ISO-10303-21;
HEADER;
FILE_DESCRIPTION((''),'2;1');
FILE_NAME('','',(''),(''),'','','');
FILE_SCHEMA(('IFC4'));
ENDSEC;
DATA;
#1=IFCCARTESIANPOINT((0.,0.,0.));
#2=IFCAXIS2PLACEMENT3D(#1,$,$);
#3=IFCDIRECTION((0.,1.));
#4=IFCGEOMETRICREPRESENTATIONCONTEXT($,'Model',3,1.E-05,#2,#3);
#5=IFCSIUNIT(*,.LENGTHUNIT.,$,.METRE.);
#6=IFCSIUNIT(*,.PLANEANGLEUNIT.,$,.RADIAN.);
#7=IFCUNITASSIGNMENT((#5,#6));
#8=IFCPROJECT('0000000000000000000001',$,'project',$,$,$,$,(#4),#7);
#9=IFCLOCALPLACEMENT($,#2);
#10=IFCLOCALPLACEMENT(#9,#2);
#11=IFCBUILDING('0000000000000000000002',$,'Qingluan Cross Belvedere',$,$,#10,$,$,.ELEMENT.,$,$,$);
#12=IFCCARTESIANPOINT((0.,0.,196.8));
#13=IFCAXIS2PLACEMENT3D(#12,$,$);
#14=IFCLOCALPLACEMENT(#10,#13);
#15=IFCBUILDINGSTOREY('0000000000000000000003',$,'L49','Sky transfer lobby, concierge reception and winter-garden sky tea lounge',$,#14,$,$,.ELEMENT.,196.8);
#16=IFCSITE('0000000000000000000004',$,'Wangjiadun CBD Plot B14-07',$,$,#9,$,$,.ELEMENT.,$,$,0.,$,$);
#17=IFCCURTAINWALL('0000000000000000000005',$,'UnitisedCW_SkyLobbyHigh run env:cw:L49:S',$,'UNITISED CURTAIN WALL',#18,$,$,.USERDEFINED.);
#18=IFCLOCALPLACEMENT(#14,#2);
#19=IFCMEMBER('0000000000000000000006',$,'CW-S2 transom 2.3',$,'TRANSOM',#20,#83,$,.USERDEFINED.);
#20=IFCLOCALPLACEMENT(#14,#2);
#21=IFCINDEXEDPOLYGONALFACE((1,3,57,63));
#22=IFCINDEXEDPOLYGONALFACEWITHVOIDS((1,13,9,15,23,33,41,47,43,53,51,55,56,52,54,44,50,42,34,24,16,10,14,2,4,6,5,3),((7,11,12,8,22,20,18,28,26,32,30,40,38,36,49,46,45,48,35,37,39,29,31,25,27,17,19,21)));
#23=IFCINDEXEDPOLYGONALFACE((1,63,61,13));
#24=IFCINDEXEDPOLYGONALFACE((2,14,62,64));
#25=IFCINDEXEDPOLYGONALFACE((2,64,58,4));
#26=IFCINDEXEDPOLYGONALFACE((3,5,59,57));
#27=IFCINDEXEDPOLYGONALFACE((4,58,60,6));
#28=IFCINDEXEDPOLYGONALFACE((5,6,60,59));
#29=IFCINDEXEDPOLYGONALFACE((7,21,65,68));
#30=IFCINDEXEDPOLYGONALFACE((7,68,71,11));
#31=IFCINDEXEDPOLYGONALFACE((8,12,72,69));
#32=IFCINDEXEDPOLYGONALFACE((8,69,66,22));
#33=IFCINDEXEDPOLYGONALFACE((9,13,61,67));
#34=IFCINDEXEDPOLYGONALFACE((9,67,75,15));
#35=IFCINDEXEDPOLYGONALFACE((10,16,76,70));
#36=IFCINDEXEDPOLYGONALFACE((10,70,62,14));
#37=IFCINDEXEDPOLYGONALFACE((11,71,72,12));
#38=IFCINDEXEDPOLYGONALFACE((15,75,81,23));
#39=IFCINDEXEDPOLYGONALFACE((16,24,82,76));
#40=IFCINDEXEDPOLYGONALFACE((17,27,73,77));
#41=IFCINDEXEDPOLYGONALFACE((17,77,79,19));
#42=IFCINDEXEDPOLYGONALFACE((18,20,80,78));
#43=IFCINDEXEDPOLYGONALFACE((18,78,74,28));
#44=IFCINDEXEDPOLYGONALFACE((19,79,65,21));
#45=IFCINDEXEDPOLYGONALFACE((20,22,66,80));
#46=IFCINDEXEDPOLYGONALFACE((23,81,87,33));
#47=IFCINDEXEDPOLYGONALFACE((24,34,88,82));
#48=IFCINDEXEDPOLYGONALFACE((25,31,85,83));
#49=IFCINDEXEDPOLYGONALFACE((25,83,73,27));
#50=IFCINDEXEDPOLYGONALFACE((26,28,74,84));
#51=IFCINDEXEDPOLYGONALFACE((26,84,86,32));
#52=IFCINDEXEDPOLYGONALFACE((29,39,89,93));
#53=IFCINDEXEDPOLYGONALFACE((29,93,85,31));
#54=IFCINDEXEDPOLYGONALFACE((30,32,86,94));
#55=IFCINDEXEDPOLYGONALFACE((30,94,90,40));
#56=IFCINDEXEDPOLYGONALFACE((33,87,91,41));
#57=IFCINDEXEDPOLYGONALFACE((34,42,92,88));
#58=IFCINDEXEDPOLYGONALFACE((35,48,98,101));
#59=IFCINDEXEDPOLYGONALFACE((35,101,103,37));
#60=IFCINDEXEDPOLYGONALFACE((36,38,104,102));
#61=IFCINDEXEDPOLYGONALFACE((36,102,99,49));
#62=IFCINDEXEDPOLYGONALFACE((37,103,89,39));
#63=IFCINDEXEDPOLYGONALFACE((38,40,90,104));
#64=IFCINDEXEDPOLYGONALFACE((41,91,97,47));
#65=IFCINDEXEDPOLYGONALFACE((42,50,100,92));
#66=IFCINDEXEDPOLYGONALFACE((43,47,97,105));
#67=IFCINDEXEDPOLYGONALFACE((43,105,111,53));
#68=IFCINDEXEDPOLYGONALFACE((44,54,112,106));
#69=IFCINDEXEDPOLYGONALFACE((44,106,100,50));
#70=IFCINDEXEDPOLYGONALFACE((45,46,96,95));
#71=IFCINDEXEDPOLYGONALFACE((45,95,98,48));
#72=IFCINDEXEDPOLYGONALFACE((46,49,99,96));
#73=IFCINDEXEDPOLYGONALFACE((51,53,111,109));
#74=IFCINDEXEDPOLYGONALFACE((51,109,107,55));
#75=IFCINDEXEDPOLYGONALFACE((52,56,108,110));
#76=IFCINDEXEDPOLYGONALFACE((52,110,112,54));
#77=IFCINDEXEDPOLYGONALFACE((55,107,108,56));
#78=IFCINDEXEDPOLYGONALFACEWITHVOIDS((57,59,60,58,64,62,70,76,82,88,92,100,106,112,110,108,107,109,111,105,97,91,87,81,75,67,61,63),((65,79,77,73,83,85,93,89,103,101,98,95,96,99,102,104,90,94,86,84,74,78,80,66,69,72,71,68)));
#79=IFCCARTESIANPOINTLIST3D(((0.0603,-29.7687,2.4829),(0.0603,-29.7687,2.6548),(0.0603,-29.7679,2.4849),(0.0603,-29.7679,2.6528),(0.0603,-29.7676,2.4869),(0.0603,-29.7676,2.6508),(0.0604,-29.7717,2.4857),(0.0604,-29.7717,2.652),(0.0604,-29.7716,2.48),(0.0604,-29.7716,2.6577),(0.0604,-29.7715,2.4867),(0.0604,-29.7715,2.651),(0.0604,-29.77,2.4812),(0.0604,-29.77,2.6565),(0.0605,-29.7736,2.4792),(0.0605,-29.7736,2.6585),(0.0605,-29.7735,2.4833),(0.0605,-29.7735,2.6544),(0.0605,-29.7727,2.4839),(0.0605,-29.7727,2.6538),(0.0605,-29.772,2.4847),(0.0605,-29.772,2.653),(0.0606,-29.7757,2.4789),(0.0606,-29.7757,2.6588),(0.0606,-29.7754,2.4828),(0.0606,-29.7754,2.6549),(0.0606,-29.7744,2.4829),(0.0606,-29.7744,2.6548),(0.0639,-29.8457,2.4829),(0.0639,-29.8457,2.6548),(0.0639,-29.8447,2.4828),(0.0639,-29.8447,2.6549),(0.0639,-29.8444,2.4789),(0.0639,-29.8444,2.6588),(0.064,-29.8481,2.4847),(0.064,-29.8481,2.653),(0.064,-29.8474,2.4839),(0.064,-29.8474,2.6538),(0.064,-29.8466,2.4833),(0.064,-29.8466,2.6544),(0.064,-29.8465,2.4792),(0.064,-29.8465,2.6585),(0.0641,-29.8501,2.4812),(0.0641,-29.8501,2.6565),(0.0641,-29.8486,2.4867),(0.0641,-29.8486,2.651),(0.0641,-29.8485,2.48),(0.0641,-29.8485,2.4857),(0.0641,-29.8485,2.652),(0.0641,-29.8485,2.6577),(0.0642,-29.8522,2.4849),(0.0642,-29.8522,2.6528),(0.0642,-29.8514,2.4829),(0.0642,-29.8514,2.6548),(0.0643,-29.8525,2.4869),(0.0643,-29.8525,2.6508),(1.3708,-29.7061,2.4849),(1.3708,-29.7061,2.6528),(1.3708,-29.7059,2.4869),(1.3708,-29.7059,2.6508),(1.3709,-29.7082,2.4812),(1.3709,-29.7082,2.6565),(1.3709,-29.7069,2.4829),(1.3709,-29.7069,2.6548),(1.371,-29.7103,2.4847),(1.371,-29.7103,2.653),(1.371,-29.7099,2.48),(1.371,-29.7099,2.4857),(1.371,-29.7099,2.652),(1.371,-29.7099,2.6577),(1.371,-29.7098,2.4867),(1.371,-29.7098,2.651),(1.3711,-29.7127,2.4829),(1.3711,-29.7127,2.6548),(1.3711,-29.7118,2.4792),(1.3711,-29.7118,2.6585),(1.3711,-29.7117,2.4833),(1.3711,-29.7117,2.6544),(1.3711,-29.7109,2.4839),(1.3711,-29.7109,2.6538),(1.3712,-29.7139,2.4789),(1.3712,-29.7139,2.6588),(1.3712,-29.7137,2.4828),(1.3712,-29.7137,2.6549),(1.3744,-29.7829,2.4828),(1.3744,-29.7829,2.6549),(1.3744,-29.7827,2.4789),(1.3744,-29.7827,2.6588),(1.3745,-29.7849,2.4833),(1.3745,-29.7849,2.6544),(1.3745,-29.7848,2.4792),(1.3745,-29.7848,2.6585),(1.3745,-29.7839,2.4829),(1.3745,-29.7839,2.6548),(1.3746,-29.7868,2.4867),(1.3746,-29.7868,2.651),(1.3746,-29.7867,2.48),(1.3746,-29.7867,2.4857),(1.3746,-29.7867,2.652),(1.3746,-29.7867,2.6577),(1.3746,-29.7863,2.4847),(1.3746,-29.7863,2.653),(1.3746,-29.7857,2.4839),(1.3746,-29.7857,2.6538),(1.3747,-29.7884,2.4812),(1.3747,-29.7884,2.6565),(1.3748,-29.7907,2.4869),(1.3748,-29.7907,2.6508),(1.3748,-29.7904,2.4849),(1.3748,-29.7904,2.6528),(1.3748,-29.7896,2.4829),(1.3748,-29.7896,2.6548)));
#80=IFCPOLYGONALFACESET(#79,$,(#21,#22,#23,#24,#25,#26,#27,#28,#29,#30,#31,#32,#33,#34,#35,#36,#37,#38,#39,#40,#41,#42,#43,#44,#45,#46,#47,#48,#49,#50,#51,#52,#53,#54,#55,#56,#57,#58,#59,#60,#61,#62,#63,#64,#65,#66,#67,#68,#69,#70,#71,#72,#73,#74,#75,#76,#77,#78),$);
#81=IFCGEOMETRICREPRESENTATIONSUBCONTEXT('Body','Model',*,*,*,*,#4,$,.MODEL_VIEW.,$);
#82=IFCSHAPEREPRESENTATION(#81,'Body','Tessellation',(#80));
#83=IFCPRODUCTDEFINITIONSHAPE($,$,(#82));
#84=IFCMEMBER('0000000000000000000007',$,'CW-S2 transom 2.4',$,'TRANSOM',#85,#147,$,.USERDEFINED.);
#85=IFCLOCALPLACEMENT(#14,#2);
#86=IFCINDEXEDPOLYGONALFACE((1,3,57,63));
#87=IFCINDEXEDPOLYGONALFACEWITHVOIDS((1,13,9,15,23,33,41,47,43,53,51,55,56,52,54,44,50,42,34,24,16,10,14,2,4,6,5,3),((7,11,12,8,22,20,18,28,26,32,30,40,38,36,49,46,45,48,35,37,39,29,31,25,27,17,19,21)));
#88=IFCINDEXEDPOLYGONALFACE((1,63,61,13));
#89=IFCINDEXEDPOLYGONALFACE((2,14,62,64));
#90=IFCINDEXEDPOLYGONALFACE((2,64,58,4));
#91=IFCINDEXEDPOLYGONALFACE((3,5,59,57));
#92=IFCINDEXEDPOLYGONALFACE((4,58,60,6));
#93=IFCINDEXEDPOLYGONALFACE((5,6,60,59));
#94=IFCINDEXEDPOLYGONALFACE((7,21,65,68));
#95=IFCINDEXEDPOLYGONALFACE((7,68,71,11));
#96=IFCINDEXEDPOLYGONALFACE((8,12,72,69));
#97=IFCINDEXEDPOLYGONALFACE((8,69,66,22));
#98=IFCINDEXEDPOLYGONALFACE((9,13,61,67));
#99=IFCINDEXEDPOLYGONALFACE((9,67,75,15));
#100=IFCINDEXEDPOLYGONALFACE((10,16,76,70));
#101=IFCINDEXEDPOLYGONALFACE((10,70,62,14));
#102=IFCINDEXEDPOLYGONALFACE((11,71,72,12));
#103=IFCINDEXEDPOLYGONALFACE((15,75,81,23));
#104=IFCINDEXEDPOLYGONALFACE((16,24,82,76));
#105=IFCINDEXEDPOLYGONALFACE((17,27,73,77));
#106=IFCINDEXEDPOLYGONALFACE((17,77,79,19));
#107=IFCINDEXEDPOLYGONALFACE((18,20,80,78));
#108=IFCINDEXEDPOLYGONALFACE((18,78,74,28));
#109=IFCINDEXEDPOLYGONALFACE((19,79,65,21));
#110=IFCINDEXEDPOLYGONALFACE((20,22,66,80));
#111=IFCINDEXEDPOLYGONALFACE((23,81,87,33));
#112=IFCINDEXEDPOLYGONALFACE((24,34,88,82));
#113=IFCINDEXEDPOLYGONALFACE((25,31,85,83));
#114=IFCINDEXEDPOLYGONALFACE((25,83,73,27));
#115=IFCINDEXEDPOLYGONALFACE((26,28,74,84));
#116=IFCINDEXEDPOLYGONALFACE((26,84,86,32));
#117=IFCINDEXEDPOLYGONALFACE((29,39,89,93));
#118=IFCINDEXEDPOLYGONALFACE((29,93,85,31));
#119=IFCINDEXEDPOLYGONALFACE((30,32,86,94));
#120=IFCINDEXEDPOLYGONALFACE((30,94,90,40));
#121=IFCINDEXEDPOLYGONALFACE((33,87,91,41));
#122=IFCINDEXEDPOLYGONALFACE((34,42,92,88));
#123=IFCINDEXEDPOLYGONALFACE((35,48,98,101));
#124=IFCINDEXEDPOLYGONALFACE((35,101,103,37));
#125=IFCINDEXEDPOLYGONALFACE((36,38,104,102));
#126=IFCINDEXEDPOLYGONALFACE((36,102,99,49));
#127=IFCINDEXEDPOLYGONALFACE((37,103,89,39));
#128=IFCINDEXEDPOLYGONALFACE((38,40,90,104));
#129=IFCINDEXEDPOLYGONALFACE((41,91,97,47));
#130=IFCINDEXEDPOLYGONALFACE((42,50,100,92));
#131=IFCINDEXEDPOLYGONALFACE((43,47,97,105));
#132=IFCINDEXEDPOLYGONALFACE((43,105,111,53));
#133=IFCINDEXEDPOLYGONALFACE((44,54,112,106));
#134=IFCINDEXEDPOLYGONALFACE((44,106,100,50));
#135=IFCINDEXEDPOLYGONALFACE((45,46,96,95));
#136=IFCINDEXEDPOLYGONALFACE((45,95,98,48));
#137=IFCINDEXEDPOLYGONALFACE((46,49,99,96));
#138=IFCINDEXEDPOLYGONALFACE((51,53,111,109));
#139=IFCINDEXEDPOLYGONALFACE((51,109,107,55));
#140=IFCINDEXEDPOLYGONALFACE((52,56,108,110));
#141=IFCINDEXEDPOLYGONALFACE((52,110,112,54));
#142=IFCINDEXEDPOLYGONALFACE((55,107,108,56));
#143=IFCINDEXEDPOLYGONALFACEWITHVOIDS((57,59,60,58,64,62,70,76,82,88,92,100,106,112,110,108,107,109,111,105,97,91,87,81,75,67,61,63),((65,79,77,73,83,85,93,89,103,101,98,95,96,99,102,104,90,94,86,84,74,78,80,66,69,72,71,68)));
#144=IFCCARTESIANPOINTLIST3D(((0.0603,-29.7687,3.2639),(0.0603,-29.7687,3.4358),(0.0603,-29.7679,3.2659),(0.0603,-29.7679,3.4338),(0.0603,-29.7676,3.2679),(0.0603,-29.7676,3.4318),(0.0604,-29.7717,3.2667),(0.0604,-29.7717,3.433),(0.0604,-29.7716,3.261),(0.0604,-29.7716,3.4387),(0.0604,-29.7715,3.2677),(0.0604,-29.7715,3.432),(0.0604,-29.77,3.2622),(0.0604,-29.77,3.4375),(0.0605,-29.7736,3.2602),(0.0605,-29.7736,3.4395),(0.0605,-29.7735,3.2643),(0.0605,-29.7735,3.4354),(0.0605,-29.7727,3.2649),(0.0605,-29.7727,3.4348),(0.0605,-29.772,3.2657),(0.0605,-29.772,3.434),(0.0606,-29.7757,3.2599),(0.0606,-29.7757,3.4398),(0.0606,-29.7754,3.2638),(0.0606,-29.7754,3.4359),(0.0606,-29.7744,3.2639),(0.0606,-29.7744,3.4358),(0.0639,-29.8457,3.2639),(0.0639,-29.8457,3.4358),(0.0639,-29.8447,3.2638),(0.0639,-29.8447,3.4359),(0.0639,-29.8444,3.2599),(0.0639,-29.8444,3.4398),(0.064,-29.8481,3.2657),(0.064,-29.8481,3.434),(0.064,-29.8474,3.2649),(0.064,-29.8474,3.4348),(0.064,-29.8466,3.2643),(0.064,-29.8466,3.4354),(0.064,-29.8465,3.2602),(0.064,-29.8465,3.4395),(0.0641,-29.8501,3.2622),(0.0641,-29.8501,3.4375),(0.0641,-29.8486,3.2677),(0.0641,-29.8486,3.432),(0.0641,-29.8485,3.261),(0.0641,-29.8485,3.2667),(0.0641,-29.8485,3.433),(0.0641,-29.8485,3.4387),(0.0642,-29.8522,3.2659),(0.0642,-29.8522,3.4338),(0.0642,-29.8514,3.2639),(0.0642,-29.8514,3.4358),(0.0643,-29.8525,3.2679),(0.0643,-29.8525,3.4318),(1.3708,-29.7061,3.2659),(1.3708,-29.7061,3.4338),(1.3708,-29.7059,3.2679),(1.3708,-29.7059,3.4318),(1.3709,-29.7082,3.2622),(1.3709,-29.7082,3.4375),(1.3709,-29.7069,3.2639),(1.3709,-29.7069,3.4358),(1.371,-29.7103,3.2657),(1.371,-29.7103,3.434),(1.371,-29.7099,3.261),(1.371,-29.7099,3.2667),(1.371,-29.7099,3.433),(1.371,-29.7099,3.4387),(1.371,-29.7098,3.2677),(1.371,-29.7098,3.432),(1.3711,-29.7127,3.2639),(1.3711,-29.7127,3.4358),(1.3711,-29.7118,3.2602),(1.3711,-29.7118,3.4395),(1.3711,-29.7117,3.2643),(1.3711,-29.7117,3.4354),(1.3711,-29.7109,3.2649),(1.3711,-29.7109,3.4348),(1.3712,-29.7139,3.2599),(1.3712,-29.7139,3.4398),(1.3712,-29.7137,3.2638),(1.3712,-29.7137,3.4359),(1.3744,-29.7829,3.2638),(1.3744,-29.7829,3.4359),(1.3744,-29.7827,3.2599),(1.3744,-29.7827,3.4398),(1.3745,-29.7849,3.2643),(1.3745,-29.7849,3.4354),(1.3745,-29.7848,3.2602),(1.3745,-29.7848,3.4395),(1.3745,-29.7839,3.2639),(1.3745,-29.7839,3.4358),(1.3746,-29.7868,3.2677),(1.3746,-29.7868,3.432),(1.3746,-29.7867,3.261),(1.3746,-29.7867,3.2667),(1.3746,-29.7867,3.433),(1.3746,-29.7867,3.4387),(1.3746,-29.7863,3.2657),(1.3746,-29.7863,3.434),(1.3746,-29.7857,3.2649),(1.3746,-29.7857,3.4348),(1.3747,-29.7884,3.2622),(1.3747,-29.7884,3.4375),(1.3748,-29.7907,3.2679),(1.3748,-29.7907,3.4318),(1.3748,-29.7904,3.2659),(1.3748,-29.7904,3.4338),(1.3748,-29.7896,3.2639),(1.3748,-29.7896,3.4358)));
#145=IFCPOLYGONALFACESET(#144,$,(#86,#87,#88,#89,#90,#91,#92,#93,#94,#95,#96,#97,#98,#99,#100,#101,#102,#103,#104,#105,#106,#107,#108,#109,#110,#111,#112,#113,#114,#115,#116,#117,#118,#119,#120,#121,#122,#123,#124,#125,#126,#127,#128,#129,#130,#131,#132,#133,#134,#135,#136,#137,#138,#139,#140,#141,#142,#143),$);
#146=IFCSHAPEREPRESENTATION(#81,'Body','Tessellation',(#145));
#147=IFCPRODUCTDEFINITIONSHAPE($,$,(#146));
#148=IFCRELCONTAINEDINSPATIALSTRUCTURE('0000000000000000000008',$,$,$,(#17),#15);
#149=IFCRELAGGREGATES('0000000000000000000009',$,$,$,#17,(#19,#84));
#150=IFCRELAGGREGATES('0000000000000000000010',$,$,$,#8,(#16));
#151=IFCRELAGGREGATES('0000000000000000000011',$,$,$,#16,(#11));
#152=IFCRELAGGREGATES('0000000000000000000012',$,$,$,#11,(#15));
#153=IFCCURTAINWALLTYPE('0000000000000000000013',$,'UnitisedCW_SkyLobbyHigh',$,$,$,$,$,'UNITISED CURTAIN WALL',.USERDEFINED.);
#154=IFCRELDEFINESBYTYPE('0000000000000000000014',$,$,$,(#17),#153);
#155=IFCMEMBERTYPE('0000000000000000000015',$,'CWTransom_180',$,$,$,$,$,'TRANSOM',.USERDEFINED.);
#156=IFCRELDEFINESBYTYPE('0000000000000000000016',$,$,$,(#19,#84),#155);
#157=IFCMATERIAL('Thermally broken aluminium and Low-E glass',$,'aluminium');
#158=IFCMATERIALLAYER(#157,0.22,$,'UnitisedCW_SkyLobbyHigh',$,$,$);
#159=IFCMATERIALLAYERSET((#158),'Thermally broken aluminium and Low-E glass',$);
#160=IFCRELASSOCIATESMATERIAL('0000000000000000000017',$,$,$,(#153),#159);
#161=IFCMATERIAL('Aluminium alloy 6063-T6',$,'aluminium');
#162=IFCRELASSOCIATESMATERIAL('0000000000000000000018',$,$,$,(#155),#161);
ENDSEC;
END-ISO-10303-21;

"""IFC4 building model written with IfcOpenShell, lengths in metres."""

from ifc_helpers import new_model, si_unit, direction, frame, origin, origin_2d, place, context, subcontext, project, spatial, hollow_rectangle, extrude, material, layer, layer_set, material_profile, profile_set, type_object, element, aggregate, save


model = new_model("IFC4")

# Units and contexts
model_context = context("Model", 3, precision=1e-05, world=origin(), true_north=direction((0.0, 1.0)))
body_context = subcontext(model_context, "Body", "Model", "MODEL_VIEW")
ifc_project = project(units=[si_unit("LENGTHUNIT", "METRE"), si_unit("PLANEANGLEUNIT", "RADIAN")], contexts=[model_context])

# Site, building, storey
site_placement = place(None, origin())
site = spatial("IfcSite", under=ifc_project, at=site_placement, Name="Wangjiadun CBD Plot B14-07", CompositionType="ELEMENT", RefElevation=0.0)
building_placement = place(site_placement, origin())
building = spatial("IfcBuilding", under=site, at=building_placement, Name="Qingluan Cross Belvedere", CompositionType="ELEMENT")
storey_placement = place(building_placement, frame((0.0, 0.0, 196.8)))
storey = spatial("IfcBuildingStorey", under=building, at=storey_placement, Name="L49", Description="Sky transfer lobby, concierge reception and winter-garden sky tea lounge", CompositionType="ELEMENT", Elevation=196.8)

# Curtain wall, members
ifc_material_1 = material(Name="Thermally broken aluminium and Low-E glass", Category="aluminium")
ifc_layer_1 = layer(ifc_material_1, 0.22, Name="UnitisedCW_SkyLobbyHigh")
ifc_layer_set_1 = layer_set([ifc_layer_1], Name="Thermally broken aluminium and Low-E glass")
curtain_wall_type = type_object("IfcCurtainWallType", Name="UnitisedCW_SkyLobbyHigh", ElementType="UNITISED CURTAIN WALL", PredefinedType="USERDEFINED", material=ifc_layer_set_1)
curtain_wall_placement = place(storey_placement, origin())
curtain_wall = element("IfcCurtainWall", 1, at=curtain_wall_placement, inside=storey, type_object=curtain_wall_type, Name="UnitisedCW_SkyLobbyHigh run env:cw:L49:S", ObjectType="UNITISED CURTAIN WALL", PredefinedType="USERDEFINED")
ifc_material_2 = material(Name="Aluminium alloy 6063-T6", Category="aluminium")
ifc_material_profile_1 = material_profile(ifc_material_2, hollow_rectangle(XDim=0.085, YDim=0.1799, WallThickness=0.0039, InnerFilletRadius=0.0039, OuterFilletRadius=0.0081, at=origin_2d()), Name="CWT180x85x4")
ifc_profile_set_1 = profile_set([ifc_material_profile_1], Name="Aluminium alloy 6063-T6")
member_type_1 = type_object("IfcMemberType", Name="CWTransom_180", ElementType="TRANSOM", PredefinedType="USERDEFINED", material=ifc_profile_set_1)
member_1_placement = place(storey_placement, frame((0.0623, -29.8101, 2.5688), z_axis=(0.998891, 0.047079, 0.0), x_axis=(-0.047079, 0.998891, 0.0)))
member_1 = element("IfcMember", 2, at=member_1_placement, type_object=member_type_1, Name="CW-S2 transom 2.3", ObjectType="TRANSOM", PredefinedType="USERDEFINED", context=body_context, shape_type="SweptSolid", body=[
    extrude(hollow_rectangle(XDim=0.085, YDim=0.1799, WallThickness=0.0039, InnerFilletRadius=0.0039, OuterFilletRadius=0.0081, at=origin_2d()), origin(), (0.0, 0.0, 1.0), 1.312),
])
member_2_placement = place(storey_placement, frame((0.0623, -29.8101, 3.3499), z_axis=(0.998891, 0.047079, 0.0), x_axis=(-0.047079, 0.998891, 0.0)))
member_2 = element("IfcMember", 3, at=member_2_placement, type_object=member_type_1, Name="CW-S2 transom 2.4", ObjectType="TRANSOM", PredefinedType="USERDEFINED", context=body_context, shape_type="SweptSolid", body=[
    extrude(hollow_rectangle(XDim=0.085, YDim=0.1799, WallThickness=0.0039, InnerFilletRadius=0.0039, OuterFilletRadius=0.0081, at=origin_2d()), origin(), (0.0, 0.0, 1.0), 1.312),
])
aggregate(curtain_wall, [member_1, member_2])

save(model, "model.ifc")
